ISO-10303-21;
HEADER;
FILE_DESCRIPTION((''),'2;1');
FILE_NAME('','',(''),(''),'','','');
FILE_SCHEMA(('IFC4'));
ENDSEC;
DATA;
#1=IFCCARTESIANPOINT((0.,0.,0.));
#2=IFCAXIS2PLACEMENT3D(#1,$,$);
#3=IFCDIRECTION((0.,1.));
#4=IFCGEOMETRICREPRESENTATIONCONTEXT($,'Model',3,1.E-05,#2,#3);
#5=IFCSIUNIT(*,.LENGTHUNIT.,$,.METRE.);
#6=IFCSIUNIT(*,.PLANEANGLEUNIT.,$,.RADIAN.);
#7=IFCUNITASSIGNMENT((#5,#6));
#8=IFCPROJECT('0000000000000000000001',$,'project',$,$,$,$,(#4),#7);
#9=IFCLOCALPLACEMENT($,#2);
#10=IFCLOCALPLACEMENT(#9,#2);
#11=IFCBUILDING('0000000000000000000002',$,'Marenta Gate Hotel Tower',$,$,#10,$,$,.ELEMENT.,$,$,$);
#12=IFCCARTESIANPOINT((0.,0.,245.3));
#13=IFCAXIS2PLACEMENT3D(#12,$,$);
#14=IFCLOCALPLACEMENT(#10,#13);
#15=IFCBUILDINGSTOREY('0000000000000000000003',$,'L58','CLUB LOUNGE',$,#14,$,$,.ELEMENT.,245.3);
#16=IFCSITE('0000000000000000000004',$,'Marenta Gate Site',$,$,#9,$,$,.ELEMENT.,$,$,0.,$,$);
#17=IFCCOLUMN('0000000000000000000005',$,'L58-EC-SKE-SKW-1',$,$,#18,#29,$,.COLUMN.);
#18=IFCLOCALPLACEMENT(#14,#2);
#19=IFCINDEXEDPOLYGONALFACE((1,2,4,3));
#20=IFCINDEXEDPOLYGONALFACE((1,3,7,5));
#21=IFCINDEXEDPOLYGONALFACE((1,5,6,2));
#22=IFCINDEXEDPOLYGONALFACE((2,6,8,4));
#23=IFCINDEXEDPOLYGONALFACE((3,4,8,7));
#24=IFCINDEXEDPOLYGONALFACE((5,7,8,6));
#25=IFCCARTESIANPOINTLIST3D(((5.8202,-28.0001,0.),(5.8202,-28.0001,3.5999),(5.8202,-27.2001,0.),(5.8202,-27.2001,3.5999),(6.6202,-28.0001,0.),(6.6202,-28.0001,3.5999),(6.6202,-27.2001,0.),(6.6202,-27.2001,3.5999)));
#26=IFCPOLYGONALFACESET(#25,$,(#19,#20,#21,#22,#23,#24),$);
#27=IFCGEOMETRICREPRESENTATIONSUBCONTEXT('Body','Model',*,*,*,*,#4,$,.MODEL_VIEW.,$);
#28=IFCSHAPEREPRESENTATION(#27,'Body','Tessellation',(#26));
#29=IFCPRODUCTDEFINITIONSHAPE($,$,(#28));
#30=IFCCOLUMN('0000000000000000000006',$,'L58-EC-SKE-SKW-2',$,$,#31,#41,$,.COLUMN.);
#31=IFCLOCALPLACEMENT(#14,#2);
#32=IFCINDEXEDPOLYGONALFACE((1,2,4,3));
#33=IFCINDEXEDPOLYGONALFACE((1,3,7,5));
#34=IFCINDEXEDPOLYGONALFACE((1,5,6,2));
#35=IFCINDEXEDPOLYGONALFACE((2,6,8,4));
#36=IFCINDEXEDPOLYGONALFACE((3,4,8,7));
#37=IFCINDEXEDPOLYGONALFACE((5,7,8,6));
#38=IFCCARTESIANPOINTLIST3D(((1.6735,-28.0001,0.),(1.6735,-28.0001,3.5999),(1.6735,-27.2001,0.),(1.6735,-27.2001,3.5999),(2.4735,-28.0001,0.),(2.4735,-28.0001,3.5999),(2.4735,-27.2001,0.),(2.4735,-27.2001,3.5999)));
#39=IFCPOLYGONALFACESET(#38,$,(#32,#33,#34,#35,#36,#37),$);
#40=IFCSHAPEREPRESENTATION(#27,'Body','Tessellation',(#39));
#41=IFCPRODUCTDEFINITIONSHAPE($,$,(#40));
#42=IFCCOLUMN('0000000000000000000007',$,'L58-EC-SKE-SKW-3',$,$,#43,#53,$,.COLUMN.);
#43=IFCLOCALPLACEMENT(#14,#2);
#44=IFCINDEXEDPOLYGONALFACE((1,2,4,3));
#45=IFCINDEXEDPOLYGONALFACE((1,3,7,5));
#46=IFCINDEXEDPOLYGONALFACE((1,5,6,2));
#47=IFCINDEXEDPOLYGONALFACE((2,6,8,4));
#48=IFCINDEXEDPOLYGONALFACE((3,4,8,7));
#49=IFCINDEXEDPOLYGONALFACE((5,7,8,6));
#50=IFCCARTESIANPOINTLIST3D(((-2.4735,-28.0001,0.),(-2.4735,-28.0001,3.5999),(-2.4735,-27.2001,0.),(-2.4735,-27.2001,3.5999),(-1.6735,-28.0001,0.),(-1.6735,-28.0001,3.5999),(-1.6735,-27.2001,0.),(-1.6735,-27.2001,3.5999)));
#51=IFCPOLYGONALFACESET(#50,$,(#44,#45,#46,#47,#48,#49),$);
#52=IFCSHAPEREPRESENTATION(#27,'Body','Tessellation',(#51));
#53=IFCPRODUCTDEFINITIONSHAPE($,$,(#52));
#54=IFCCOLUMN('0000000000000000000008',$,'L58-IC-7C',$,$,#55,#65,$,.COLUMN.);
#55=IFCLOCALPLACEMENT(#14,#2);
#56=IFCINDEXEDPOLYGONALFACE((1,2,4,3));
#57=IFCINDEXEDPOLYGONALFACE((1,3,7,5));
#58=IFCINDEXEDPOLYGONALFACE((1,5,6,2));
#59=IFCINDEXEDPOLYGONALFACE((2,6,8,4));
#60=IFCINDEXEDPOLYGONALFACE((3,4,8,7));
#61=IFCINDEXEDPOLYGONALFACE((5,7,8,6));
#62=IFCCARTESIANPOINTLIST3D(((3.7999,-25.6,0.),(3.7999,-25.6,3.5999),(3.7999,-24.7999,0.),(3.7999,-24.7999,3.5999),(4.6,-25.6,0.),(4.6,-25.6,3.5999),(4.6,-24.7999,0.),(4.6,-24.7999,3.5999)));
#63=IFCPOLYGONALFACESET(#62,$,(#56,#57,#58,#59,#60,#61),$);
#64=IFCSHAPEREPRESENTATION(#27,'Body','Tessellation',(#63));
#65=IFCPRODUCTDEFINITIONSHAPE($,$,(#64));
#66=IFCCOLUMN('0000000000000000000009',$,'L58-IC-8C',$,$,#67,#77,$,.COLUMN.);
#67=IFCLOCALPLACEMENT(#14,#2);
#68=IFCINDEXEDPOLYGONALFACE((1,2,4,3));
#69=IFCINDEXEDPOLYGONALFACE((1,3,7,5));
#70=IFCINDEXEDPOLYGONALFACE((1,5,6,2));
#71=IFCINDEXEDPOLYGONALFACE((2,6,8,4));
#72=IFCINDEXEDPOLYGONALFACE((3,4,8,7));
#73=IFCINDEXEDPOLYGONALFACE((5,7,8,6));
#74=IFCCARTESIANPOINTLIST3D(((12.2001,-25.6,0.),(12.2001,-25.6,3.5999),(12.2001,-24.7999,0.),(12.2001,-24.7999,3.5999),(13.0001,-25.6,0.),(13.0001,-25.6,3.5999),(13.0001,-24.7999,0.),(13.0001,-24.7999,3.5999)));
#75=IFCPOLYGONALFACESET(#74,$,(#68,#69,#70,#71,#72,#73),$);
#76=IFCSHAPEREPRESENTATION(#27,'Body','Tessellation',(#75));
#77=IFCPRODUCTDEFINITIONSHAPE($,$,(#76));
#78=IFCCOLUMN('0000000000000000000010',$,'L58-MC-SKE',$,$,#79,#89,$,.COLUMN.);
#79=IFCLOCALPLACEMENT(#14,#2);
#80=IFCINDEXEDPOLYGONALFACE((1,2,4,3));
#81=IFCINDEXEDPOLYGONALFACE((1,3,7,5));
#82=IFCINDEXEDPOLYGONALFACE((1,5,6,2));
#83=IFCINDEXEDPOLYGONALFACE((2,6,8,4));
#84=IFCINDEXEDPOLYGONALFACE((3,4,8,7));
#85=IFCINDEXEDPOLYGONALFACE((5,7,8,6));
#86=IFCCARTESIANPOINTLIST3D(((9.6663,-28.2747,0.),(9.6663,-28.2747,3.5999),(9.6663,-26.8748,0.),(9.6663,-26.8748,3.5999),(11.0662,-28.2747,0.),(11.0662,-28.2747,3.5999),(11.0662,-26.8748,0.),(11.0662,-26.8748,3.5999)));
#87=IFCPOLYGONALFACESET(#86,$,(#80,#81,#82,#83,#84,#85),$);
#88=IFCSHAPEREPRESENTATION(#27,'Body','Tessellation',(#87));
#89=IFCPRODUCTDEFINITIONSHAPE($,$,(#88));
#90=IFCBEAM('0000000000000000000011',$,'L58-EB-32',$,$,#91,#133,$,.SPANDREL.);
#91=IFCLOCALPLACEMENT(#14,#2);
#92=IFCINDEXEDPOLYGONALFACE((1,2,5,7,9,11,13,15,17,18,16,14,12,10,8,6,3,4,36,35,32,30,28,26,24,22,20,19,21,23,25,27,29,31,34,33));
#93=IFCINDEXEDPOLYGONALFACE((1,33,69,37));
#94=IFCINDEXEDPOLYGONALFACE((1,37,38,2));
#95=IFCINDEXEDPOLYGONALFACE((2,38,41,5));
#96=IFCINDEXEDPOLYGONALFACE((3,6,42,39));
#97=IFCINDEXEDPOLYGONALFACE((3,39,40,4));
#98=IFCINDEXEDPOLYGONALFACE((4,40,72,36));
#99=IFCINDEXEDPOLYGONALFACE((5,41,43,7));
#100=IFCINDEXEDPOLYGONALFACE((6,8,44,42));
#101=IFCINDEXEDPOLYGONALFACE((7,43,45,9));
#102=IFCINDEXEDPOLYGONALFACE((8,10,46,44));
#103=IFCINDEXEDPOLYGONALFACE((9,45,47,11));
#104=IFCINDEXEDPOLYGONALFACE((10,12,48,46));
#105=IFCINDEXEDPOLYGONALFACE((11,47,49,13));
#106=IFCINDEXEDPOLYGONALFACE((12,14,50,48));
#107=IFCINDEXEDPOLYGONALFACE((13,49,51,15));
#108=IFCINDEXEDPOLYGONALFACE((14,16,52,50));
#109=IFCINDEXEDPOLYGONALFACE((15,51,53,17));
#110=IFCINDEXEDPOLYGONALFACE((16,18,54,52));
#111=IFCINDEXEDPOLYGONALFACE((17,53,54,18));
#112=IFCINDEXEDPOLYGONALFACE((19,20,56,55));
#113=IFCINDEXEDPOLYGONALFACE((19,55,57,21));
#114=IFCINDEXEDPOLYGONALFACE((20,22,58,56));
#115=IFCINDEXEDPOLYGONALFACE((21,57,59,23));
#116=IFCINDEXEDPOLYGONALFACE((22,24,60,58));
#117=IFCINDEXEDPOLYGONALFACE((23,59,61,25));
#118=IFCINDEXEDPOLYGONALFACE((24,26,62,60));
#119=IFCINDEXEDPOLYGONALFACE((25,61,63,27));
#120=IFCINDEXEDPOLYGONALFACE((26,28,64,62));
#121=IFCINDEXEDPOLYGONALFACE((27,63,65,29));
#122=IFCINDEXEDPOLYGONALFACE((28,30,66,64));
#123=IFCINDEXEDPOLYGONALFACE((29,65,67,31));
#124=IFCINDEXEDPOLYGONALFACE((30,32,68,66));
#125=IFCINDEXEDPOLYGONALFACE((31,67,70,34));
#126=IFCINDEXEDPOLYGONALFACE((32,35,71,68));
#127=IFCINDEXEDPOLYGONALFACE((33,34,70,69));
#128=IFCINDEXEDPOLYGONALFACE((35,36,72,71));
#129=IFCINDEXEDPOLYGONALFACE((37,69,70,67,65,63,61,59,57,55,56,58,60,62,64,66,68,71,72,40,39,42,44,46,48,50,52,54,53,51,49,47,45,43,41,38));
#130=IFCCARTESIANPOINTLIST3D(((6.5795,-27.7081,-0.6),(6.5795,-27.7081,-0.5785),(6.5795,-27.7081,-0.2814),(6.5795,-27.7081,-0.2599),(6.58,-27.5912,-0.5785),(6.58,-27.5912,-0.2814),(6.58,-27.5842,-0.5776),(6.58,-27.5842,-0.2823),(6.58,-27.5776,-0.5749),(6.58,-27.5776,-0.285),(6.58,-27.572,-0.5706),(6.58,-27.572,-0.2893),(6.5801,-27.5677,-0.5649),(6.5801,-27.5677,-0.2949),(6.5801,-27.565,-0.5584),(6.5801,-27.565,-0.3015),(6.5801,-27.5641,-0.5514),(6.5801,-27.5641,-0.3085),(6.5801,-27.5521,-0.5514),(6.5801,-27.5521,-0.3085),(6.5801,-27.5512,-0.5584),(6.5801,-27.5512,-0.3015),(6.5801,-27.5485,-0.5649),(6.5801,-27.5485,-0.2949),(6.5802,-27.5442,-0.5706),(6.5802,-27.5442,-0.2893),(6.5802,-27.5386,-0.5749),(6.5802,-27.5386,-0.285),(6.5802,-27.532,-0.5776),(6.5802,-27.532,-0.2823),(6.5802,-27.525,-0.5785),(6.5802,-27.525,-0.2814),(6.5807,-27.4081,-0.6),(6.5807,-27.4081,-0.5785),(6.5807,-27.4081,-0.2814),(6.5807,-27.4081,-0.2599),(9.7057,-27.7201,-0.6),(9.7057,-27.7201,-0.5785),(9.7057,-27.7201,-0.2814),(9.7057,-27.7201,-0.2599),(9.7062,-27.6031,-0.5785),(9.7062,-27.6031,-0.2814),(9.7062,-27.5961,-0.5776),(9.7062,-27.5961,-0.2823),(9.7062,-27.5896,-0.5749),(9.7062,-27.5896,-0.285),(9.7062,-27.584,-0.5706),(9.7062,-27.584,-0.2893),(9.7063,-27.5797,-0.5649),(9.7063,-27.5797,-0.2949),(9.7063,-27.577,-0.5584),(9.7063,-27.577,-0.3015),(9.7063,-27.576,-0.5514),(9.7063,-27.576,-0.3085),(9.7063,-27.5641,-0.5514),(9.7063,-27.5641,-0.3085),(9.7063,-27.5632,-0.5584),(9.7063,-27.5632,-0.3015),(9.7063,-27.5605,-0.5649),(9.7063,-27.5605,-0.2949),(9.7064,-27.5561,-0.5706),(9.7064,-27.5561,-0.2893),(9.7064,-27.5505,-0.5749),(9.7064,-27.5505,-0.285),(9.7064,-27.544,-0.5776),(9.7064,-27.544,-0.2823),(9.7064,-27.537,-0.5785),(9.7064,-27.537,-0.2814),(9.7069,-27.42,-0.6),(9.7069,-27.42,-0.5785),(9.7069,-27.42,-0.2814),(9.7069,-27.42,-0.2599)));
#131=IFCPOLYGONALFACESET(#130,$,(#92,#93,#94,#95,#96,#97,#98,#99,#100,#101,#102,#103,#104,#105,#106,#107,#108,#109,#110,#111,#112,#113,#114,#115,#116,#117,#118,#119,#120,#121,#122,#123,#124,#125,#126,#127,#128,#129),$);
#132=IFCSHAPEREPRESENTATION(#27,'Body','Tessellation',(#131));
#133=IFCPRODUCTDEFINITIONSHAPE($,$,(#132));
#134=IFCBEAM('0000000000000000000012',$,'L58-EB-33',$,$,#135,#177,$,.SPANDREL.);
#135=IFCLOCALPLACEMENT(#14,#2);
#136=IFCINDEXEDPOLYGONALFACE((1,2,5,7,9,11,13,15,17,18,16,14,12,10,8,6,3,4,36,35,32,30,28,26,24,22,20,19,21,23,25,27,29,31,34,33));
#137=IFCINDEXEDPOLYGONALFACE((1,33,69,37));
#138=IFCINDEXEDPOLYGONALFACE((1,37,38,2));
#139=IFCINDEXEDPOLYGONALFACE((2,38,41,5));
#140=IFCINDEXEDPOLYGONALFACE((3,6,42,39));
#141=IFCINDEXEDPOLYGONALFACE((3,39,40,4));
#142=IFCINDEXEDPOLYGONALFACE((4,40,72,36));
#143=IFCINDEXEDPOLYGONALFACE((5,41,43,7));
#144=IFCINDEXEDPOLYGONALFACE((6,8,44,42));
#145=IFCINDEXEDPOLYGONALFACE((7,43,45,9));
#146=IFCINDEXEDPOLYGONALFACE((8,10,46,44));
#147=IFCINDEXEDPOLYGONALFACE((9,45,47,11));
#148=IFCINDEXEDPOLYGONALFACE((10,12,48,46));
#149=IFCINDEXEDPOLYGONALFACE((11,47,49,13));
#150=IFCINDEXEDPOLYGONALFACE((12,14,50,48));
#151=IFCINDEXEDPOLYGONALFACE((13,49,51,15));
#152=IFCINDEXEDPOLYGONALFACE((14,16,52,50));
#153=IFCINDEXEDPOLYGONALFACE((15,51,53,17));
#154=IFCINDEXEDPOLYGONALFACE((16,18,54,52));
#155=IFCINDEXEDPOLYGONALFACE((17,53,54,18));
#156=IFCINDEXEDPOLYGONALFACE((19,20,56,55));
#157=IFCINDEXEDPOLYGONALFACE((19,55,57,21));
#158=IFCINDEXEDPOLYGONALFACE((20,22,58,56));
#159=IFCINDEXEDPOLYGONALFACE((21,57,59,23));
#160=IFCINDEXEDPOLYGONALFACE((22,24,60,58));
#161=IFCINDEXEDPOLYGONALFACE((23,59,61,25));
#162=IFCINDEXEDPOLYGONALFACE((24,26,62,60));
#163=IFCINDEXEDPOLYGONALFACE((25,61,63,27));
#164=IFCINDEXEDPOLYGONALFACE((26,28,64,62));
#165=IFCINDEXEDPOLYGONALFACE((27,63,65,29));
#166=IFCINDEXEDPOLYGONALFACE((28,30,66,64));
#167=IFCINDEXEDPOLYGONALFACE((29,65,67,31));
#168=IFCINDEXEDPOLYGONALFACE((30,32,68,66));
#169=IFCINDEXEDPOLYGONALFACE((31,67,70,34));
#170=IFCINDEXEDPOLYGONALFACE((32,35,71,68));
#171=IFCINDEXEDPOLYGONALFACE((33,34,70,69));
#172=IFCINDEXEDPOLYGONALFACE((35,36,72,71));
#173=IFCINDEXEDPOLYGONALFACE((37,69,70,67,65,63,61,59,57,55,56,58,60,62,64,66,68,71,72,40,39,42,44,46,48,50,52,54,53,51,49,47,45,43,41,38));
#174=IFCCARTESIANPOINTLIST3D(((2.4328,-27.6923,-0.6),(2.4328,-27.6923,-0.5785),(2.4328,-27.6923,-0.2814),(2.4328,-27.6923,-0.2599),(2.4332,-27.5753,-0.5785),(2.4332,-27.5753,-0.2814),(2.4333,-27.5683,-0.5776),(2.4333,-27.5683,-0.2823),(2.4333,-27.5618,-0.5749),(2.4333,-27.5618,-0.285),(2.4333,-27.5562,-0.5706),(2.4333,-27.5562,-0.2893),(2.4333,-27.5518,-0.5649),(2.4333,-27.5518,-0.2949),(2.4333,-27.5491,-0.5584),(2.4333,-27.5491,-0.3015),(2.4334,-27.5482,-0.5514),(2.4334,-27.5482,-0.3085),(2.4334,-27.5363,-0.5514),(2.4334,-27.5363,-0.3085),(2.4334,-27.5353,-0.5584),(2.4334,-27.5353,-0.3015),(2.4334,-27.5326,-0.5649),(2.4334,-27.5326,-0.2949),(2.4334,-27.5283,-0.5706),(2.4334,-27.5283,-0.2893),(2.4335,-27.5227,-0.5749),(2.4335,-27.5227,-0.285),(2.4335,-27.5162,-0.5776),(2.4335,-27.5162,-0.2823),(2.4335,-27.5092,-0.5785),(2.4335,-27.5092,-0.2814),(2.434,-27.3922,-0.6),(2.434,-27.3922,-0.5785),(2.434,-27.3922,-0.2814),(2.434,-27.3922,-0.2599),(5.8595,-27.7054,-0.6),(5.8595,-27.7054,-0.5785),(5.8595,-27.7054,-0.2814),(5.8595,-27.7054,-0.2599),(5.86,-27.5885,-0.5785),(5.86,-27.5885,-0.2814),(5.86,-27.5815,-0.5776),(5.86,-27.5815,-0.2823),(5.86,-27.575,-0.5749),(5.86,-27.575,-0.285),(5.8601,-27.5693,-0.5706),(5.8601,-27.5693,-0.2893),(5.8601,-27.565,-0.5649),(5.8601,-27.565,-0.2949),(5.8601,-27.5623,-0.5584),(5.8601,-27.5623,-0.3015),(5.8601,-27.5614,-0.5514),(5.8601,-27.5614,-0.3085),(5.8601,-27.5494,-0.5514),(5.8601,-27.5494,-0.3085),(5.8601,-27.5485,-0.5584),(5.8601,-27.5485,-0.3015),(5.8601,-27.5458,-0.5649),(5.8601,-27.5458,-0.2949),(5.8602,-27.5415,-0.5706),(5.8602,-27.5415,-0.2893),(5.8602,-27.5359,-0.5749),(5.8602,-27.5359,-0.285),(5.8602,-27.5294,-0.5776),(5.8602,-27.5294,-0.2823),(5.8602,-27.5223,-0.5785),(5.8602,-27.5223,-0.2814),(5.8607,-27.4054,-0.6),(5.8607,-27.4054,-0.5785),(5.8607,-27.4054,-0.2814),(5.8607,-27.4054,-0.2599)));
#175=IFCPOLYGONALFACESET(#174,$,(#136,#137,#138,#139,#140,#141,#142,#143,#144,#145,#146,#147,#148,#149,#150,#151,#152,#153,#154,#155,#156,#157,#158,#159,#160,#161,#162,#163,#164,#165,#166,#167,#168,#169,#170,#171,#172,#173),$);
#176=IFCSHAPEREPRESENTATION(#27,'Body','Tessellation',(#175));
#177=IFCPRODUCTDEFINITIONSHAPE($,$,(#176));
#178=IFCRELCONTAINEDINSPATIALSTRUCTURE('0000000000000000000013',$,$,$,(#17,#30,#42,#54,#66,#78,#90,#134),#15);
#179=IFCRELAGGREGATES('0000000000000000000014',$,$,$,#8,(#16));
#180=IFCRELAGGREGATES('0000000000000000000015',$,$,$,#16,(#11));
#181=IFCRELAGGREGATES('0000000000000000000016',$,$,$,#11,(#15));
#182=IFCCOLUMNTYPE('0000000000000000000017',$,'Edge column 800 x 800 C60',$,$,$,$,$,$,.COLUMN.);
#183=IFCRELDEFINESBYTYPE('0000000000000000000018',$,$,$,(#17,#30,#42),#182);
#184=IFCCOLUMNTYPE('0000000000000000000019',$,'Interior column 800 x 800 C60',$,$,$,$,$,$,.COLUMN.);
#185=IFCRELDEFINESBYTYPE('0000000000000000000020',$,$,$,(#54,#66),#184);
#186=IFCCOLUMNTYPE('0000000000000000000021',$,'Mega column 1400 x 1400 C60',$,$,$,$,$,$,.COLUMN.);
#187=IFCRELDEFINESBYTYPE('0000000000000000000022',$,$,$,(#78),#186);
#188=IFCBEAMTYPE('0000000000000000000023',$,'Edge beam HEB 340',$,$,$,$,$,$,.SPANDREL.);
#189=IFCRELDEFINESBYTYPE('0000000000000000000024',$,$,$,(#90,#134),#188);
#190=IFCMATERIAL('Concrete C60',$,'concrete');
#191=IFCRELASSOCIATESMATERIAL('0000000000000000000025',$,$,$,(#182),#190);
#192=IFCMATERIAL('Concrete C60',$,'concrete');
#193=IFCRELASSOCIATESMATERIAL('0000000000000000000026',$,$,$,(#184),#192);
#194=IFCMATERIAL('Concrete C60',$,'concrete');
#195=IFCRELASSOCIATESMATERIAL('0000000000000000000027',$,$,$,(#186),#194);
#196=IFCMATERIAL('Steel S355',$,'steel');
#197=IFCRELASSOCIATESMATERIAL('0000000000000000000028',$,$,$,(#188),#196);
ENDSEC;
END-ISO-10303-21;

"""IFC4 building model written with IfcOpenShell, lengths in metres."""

from ifc_helpers import new_model, si_unit, direction, frame, origin, origin_2d, place, context, subcontext, project, spatial, rectangle, i_section, extrude, material, material_profile, profile_set, type_object, element, save


model = new_model("IFC4")

# Units and contexts
model_context = context("Model", 3, precision=1e-05, world=origin(), true_north=direction((0.0, 1.0)))
body_context = subcontext(model_context, "Body", "Model", "MODEL_VIEW")
ifc_project = project(units=[si_unit("LENGTHUNIT", "METRE"), si_unit("PLANEANGLEUNIT", "RADIAN")], contexts=[model_context])

# Site, building, storey
site_placement = place(None, origin())
site = spatial("IfcSite", under=ifc_project, at=site_placement, Name="Marenta Gate Site", CompositionType="ELEMENT", RefElevation=0.0)
building_placement = place(site_placement, origin())
building = spatial("IfcBuilding", under=site, at=building_placement, Name="Marenta Gate Hotel Tower", CompositionType="ELEMENT")
storey_placement = place(building_placement, frame((0.0, 0.0, 245.3)))
storey = spatial("IfcBuildingStorey", under=building, at=storey_placement, Name="L58", Description="CLUB LOUNGE", CompositionType="ELEMENT", Elevation=245.3)

# Columns
ifc_material_1 = material(Name="Concrete C60", Category="concrete")
ifc_material_profile_1 = material_profile(ifc_material_1, rectangle(XDim=0.8, YDim=0.8, at=origin_2d()), Name="800 x 800")
ifc_profile_set_1 = profile_set([ifc_material_profile_1], Name="Concrete C60")
column_type_1 = type_object("IfcColumnType", Name="Edge column 800 x 800 C60", PredefinedType="COLUMN", material=ifc_profile_set_1)
for number, where, z_axis, x_axis, name in (
    (1, (6.2202, -27.6001, 0.0), (0.0, 0.0, 1.0), (1.0, 0.0, 0.0), "L58-EC-SKE-SKW-1"),
    (2, (2.0735, -27.6001, 0.0), (0.0, 0.0, 1.0), (1.0, 0.0, 0.0), "L58-EC-SKE-SKW-2"),
    (3, (-2.0735, -27.6001, 0.0), (0.0, 0.0, 1.0), (1.0, 0.0, 0.0), "L58-EC-SKE-SKW-3"),
):
    element("IfcColumn", number, at=place(storey_placement, frame(where, z_axis=z_axis, x_axis=x_axis)), inside=storey, type_object=column_type_1, Name=name, PredefinedType="COLUMN", context=body_context, shape_type="SweptSolid", body=[
        extrude(rectangle(XDim=0.8, YDim=0.8, at=origin_2d()), origin(), (0.0, 0.0, 1.0), 3.5999),
    ])
ifc_material_2 = material(Name="Concrete C60", Category="concrete")
ifc_material_profile_2 = material_profile(ifc_material_2, rectangle(XDim=0.8, YDim=0.8, at=origin_2d()), Name="800 x 800")
ifc_profile_set_2 = profile_set([ifc_material_profile_2], Name="Concrete C60")
column_type_2 = type_object("IfcColumnType", Name="Interior column 800 x 800 C60", PredefinedType="COLUMN", material=ifc_profile_set_2)
for number, where, z_axis, x_axis, name in (
    (4, (4.2, -25.2, 0.0), (0.0, 0.0, 1.0), (1.0, 0.0, 0.0), "L58-IC-7C"),
    (5, (12.6001, -25.2, 0.0), (0.0, 0.0, 1.0), (1.0, 0.0, 0.0), "L58-IC-8C"),
):
    element("IfcColumn", number, at=place(storey_placement, frame(where, z_axis=z_axis, x_axis=x_axis)), inside=storey, type_object=column_type_2, Name=name, PredefinedType="COLUMN", context=body_context, shape_type="SweptSolid", body=[
        extrude(rectangle(XDim=0.8, YDim=0.8, at=origin_2d()), origin(), (0.0, 0.0, 1.0), 3.5999),
    ])
ifc_material_3 = material(Name="Concrete C60", Category="concrete")
ifc_material_profile_3 = material_profile(ifc_material_3, rectangle(XDim=1.3999, YDim=1.3999, at=origin_2d()), Name="1400 x 1400")
ifc_profile_set_3 = profile_set([ifc_material_profile_3], Name="Concrete C60")
column_type_3 = type_object("IfcColumnType", Name="Mega column 1400 x 1400 C60", PredefinedType="COLUMN", material=ifc_profile_set_3)
column_placement = place(storey_placement, frame((10.3662, -27.5747, 0.0), z_axis=(0.0, 0.0, 1.0), x_axis=(1.0, 0.0, 0.0)))
element("IfcColumn", 6, at=column_placement, inside=storey, type_object=column_type_3, Name="L58-MC-SKE", PredefinedType="COLUMN", context=body_context, shape_type="SweptSolid", body=[
    extrude(rectangle(XDim=1.3999, YDim=1.3999, at=origin_2d()), origin(), (0.0, 0.0, 1.0), 3.5999),
])

# Beams
ifc_material_4 = material(Name="Steel S355", Category="steel")
ifc_material_profile_4 = material_profile(ifc_material_4, i_section(OverallWidth=0.3, OverallDepth=0.3401, WebThickness=0.012, FlangeThickness=0.0215, FilletRadius=0.0271, at=origin_2d()), Name="HEB 340")
ifc_profile_set_4 = profile_set([ifc_material_profile_4], Name="Steel S355")
beam_type_1 = type_object("IfcBeamType", Name="Edge beam HEB 340", PredefinedType="SPANDREL", material=ifc_profile_set_4)
beam_1_placement = place(storey_placement, frame((9.7063, -27.5701, -0.4299), z_axis=(-0.999993, 0.003827, 0.0), x_axis=(-0.003827, -0.999993, 0.0)))
element("IfcBeam", 7, at=beam_1_placement, inside=storey, type_object=beam_type_1, Name="L58-EB-32", PredefinedType="SPANDREL", context=body_context, shape_type="SweptSolid", body=[
    extrude(i_section(OverallWidth=0.3, OverallDepth=0.3401, WebThickness=0.012, FlangeThickness=0.0215, FilletRadius=0.0271, at=origin_2d()), origin(), (0.0, 0.0, 1.0), 3.1262),
])
for number, where, z_axis, x_axis, name in (
    (8, (5.8601, -27.5554, -0.4299), (-0.999993, 0.003847, 0.0), (-0.003847, -0.999993, 0.0), "L58-EB-33"),
):
    element("IfcBeam", number, at=place(storey_placement, frame(where, z_axis=z_axis, x_axis=x_axis)), inside=storey, type_object=beam_type_1, Name=name, PredefinedType="SPANDREL", context=body_context, shape_type="SweptSolid", body=[
        extrude(i_section(OverallWidth=0.3, OverallDepth=0.3401, WebThickness=0.012, FlangeThickness=0.0215, FilletRadius=0.0271, at=origin_2d()), origin(), (0.0, 0.0, 1.0), 3.4268),
    ])

save(model, "model.ifc")
